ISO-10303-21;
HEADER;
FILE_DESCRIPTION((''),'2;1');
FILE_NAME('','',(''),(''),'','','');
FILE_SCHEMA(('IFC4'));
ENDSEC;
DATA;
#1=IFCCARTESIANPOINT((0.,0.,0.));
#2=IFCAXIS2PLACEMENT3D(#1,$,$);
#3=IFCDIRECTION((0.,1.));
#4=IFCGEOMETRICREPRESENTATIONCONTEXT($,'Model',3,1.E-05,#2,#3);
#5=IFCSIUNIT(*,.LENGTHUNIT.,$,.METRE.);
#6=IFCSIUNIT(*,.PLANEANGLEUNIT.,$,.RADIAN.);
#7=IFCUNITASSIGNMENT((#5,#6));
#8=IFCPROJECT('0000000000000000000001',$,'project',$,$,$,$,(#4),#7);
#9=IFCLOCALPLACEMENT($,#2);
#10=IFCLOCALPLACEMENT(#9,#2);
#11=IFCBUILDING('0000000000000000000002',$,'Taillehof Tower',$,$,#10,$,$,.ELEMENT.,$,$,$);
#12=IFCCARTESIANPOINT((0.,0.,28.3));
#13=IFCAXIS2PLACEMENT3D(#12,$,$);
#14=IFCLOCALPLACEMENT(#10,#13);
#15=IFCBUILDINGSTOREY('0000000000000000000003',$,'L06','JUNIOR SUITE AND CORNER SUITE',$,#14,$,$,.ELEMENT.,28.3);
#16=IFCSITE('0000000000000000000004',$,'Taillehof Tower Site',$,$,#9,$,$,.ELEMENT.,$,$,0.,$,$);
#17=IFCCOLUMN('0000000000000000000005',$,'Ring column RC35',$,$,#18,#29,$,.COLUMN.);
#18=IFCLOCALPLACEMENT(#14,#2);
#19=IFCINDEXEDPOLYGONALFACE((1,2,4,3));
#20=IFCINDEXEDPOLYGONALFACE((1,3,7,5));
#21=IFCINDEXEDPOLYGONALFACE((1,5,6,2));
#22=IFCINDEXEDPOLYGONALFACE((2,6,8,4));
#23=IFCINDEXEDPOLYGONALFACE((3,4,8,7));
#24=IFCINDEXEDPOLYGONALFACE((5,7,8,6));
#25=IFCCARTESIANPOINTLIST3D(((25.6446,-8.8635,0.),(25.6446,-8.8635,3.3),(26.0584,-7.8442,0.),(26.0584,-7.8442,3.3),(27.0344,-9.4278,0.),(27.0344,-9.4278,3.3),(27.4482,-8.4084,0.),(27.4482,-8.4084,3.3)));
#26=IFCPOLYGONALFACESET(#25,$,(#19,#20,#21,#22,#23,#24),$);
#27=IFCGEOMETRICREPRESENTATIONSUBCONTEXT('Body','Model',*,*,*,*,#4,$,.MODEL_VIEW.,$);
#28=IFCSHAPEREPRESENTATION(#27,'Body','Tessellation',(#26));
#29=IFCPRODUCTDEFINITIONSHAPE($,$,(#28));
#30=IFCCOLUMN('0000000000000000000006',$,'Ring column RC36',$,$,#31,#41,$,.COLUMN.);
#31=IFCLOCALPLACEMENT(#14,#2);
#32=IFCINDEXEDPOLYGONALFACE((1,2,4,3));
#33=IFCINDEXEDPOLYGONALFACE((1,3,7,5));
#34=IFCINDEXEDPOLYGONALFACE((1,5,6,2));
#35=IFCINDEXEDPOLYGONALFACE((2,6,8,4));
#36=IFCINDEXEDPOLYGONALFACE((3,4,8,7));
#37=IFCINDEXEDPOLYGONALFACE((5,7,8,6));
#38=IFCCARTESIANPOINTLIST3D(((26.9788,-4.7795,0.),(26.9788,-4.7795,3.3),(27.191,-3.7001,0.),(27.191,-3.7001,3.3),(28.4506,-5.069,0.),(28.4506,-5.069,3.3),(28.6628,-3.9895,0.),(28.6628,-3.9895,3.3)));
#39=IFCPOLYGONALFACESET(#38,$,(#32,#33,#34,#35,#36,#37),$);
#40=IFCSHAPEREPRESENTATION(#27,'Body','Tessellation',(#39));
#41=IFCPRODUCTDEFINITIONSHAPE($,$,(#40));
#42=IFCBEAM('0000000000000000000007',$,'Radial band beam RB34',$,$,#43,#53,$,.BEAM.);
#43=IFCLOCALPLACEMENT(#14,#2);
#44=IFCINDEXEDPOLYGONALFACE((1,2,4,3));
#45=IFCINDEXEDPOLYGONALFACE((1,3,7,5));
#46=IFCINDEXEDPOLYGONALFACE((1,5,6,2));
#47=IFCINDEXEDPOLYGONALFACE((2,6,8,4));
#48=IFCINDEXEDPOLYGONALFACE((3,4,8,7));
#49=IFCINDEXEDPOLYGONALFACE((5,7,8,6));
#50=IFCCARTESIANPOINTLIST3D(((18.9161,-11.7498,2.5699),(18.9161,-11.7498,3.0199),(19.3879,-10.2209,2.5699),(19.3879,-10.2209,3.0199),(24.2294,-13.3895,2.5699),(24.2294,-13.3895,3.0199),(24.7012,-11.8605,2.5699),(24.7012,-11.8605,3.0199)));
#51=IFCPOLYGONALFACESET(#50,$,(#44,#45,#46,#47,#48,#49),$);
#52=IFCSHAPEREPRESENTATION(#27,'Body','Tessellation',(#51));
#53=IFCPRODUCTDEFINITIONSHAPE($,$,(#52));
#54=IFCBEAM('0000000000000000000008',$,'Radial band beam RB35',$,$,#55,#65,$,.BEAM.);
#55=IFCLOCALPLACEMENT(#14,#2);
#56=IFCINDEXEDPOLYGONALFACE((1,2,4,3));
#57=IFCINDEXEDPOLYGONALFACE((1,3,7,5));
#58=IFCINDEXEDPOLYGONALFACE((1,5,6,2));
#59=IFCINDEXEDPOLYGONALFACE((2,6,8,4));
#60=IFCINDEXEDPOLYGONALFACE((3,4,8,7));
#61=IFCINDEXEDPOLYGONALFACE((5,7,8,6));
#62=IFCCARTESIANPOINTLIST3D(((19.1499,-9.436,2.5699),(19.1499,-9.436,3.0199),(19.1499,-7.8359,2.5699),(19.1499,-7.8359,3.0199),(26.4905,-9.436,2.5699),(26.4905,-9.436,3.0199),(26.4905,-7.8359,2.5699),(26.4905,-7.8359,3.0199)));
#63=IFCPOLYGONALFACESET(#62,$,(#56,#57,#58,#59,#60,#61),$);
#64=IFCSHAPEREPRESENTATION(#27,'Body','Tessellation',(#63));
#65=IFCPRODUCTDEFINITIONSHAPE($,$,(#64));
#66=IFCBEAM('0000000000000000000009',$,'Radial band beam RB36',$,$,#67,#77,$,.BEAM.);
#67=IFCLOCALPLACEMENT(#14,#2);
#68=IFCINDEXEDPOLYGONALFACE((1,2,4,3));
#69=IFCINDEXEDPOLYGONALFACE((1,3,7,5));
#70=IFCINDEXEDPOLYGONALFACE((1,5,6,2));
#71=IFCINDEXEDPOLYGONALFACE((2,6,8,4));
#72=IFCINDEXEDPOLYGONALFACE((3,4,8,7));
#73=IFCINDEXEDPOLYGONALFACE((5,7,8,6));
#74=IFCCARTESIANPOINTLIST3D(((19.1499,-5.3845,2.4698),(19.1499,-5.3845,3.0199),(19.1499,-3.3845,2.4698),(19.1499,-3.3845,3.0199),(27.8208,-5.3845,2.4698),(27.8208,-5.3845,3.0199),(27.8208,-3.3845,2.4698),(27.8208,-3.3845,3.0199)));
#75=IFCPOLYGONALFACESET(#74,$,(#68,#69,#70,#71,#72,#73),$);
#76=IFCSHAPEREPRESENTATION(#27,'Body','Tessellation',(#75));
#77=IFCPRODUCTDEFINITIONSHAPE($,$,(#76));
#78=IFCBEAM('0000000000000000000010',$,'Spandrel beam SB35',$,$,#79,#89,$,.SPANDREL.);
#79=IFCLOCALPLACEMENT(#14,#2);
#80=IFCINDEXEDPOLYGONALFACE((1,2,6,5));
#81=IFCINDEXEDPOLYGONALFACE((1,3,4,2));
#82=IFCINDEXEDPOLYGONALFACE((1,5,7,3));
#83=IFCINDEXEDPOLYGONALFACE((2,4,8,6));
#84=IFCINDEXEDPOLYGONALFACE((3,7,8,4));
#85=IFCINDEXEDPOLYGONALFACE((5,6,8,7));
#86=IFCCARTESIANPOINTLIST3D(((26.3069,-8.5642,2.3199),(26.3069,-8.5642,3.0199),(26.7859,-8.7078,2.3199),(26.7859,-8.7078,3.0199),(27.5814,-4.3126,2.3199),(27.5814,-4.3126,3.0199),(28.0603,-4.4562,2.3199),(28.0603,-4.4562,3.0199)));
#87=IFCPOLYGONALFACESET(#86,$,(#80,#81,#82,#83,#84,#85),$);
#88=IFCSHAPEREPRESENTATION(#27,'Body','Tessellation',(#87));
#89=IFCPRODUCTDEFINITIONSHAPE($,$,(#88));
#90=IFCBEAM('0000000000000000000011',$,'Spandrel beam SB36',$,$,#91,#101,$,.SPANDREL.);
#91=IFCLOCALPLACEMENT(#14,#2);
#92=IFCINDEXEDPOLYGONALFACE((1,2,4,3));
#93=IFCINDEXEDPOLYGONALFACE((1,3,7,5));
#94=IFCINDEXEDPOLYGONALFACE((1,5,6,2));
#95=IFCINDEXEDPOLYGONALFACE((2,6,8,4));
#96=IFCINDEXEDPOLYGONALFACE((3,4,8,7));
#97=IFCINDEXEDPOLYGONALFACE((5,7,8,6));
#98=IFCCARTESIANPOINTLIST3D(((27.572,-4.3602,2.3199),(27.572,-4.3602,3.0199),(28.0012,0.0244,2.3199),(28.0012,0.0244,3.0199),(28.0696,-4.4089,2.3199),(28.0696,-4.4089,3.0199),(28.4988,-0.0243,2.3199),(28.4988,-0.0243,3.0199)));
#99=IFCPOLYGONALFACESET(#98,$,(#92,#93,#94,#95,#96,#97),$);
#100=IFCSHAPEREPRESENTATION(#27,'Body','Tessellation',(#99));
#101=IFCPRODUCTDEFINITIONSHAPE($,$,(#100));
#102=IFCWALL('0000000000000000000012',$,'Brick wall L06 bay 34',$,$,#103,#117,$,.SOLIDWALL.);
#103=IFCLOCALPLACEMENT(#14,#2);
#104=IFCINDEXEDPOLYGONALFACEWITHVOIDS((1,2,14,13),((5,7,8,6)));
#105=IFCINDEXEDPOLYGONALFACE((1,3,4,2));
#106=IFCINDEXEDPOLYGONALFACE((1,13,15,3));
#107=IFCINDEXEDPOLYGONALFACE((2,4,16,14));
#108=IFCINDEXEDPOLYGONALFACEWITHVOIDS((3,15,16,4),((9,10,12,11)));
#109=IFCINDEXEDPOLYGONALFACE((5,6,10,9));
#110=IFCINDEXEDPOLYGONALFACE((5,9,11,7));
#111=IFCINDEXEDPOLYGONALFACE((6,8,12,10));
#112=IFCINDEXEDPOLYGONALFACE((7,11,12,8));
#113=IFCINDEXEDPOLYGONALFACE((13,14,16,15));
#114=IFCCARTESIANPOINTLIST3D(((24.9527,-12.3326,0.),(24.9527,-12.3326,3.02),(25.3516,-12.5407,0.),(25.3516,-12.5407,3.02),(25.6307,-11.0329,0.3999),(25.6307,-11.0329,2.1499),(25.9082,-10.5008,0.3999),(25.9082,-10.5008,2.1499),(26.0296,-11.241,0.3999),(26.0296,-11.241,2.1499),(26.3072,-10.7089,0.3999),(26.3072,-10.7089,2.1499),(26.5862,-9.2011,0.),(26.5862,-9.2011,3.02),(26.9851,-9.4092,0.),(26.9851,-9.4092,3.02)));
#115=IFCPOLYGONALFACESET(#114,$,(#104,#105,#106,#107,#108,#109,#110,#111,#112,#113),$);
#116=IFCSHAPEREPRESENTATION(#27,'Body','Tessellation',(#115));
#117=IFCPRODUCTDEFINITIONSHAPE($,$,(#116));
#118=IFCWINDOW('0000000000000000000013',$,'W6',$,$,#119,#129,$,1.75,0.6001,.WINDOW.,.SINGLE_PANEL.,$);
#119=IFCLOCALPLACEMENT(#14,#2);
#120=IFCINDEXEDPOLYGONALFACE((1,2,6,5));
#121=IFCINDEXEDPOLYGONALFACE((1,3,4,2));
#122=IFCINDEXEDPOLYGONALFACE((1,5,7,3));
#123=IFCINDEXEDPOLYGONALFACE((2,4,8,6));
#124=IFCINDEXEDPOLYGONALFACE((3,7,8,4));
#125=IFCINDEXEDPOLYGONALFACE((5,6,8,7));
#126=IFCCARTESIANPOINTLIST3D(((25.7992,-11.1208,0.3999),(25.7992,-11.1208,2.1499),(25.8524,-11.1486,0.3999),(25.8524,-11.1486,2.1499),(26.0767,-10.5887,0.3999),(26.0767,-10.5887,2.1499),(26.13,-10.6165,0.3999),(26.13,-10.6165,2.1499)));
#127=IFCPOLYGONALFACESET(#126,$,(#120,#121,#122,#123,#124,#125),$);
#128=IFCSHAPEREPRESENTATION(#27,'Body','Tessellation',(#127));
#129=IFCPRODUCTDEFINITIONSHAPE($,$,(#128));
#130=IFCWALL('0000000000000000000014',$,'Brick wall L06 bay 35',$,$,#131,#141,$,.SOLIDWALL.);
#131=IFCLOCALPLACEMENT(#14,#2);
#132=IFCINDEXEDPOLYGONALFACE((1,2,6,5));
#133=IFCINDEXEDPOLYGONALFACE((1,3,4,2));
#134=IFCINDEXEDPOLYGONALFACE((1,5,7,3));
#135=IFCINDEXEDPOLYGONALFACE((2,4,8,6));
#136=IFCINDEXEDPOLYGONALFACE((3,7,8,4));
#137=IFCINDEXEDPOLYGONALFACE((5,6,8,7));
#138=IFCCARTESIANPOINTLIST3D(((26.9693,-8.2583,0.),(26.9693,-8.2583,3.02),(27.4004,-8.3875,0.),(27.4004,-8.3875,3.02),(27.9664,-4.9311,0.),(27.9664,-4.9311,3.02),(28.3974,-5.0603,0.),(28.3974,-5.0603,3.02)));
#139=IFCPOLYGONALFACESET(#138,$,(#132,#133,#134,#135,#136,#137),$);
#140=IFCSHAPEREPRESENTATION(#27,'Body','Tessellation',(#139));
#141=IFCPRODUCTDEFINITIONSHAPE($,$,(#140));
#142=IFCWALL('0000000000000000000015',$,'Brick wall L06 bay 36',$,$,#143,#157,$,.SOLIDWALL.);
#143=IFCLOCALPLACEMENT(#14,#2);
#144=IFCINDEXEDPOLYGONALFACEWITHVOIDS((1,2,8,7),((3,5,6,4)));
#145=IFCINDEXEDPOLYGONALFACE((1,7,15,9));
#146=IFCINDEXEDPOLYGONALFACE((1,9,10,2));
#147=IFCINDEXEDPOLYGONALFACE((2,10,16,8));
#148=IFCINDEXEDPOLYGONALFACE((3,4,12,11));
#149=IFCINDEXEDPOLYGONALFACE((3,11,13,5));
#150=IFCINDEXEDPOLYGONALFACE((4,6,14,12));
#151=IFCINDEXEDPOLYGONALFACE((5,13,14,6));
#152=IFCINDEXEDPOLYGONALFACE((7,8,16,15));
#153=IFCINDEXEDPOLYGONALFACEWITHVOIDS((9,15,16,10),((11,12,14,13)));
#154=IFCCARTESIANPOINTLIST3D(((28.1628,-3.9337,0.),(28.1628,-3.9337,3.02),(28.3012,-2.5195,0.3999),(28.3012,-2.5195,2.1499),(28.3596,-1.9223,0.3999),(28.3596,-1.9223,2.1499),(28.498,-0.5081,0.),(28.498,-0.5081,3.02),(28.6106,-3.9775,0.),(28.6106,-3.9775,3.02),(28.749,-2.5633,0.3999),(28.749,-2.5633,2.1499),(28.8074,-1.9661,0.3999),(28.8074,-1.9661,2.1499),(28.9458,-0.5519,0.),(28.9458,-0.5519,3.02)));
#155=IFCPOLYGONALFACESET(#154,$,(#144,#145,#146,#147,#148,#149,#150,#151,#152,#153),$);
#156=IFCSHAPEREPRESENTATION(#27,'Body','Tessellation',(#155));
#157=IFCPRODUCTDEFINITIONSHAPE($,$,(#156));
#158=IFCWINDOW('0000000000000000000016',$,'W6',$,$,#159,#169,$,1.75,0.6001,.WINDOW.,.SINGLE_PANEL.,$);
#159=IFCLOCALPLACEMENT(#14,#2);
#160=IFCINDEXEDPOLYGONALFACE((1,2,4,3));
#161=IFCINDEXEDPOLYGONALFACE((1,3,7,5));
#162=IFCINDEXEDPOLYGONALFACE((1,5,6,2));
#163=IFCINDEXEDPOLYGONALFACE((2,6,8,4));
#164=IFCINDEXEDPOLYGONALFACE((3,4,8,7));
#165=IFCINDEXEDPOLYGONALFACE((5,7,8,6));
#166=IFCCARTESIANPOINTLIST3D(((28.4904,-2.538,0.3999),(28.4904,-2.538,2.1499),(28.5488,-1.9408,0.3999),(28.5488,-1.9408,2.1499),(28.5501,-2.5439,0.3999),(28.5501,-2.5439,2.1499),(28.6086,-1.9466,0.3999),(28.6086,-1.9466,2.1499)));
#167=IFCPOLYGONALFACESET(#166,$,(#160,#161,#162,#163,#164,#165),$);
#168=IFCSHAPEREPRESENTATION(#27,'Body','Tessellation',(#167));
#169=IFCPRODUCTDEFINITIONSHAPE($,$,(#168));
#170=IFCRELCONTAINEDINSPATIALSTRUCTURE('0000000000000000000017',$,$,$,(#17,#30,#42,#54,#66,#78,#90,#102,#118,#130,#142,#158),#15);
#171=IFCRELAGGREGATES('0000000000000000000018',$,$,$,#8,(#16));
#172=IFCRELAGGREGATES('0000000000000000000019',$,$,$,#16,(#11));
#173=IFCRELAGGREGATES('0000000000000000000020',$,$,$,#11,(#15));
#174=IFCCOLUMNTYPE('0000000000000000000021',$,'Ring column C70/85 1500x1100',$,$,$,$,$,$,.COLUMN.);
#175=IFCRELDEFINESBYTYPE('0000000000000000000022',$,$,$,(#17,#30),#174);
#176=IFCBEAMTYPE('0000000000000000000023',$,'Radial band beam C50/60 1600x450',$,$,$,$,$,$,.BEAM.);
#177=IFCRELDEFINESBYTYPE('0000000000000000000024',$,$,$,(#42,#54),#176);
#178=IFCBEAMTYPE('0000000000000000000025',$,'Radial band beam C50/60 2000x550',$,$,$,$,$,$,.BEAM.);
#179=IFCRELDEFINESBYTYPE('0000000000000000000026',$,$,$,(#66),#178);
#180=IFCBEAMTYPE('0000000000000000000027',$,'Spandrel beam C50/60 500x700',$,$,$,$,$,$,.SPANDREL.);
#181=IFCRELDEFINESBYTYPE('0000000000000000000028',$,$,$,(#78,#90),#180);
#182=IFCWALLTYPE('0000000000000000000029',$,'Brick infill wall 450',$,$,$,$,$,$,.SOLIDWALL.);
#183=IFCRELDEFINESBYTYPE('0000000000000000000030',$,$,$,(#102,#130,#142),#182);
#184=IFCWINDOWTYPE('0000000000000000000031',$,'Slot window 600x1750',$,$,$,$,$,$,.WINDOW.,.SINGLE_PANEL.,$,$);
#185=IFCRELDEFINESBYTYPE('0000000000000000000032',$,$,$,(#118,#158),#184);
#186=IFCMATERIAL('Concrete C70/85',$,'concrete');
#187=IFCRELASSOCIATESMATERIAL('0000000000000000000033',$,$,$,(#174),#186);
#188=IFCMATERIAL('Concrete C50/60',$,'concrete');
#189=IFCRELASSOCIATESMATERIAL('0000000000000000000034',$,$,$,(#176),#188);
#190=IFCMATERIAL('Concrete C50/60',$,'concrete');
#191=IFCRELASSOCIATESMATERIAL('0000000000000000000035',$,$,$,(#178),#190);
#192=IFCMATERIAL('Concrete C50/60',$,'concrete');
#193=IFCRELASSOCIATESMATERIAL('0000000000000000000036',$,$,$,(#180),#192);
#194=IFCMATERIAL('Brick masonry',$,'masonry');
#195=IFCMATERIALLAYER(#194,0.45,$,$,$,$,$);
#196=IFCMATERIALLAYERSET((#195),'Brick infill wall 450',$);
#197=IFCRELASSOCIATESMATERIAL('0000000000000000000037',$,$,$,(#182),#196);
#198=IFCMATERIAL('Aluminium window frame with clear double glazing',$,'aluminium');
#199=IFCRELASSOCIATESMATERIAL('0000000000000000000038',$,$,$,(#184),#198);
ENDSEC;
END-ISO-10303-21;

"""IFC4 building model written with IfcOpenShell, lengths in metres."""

from ifc_helpers import new_model, si_unit, direction, frame, frame_2d, origin, origin_2d, place, context, subcontext, project, spatial, rectangle, extrude, material, layer, layer_set, material_profile, profile_set, type_object, element, fill, save


model = new_model("IFC4")

# Units and contexts
model_context = context("Model", 3, precision=1e-05, world=origin(), true_north=direction((0.0, 1.0)))
body_context = subcontext(model_context, "Body", "Model", "MODEL_VIEW")
ifc_project = project(units=[si_unit("LENGTHUNIT", "METRE"), si_unit("PLANEANGLEUNIT", "RADIAN")], contexts=[model_context])

# Site, building, storey
site_placement = place(None, origin())
site = spatial("IfcSite", under=ifc_project, at=site_placement, Name="Taillehof Tower Site", CompositionType="ELEMENT", RefElevation=0.0)
building_placement = place(site_placement, origin())
building = spatial("IfcBuilding", under=site, at=building_placement, Name="Taillehof Tower", CompositionType="ELEMENT")
storey_placement = place(building_placement, frame((0.0, 0.0, 28.3)))
storey = spatial("IfcBuildingStorey", under=building, at=storey_placement, Name="L06", Description="JUNIOR SUITE AND CORNER SUITE", CompositionType="ELEMENT", Elevation=28.3)

# Columns
ifc_material_1 = material(Name="Concrete C70/85", Category="concrete")
ifc_material_profile_1 = material_profile(ifc_material_1, rectangle(XDim=1.5, YDim=1.1001, at=origin_2d()), Name="RC 1500x1100")
ifc_profile_set_1 = profile_set([ifc_material_profile_1], Name="Concrete C70/85")
column_type = type_object("IfcColumnType", Name="Ring column C70/85 1500x1100", PredefinedType="COLUMN", material=ifc_profile_set_1)
for number, where, z_axis, x_axis, name in (
    (1, (26.5464, -8.636, 0.0), (0.0, 0.0, 1.0), (0.926558, -0.376152, 0.0), "Ring column RC35"),
    (2, (27.8208, -4.3845, 0.0), (0.0, 0.0, 1.0), (0.981204, -0.192976, 0.0), "Ring column RC36"),
):
    element("IfcColumn", number, at=place(storey_placement, frame(where, z_axis=z_axis, x_axis=x_axis)), inside=storey, type_object=column_type, Name=name, PredefinedType="COLUMN", context=body_context, shape_type="SweptSolid", body=[
        extrude(rectangle(XDim=1.5, YDim=1.1001, at=origin_2d()), origin(), (0.0, 0.0, 1.0), 3.3),
    ])

# Beams
ifc_material_2 = material(Name="Concrete C50/60", Category="concrete")
ifc_material_profile_2 = material_profile(ifc_material_2, rectangle(XDim=1.6001, YDim=0.45, at=origin_2d()), Name="RC 1600x450")
ifc_profile_set_2 = profile_set([ifc_material_profile_2], Name="Concrete C50/60")
beam_type_1 = type_object("IfcBeamType", Name="Radial band beam C50/60 1600x450", PredefinedType="BEAM", material=ifc_profile_set_2)
beam_1_placement = place(storey_placement, frame((24.4653, -12.625, 2.7949), z_axis=(-0.955536, 0.294876, 0.0), x_axis=(-0.294876, -0.955536, 0.0)))
element("IfcBeam", 3, at=beam_1_placement, inside=storey, type_object=beam_type_1, Name="Radial band beam RB34", PredefinedType="BEAM", context=body_context, shape_type="SweptSolid", body=[
    extrude(rectangle(XDim=1.6001, YDim=0.45, at=origin_2d()), origin(), (0.0, 0.0, 1.0), 5.5605),
])
beam_2_placement = place(storey_placement, frame((26.4905, -8.636, 2.7949), z_axis=(-1.0, 0.0, 0.0), x_axis=(0.0, -1.0, 0.0)))
element("IfcBeam", 4, at=beam_2_placement, inside=storey, type_object=beam_type_1, Name="Radial band beam RB35", PredefinedType="BEAM", context=body_context, shape_type="SweptSolid", body=[
    extrude(rectangle(XDim=1.6001, YDim=0.45, at=origin_2d()), origin(), (0.0, 0.0, 1.0), 7.3406),
])
ifc_material_3 = material(Name="Concrete C50/60", Category="concrete")
ifc_material_profile_3 = material_profile(ifc_material_3, rectangle(XDim=2.0, YDim=0.55, at=origin_2d()), Name="RC 2000x550")
ifc_profile_set_3 = profile_set([ifc_material_profile_3], Name="Concrete C50/60")
beam_type_2 = type_object("IfcBeamType", Name="Radial band beam C50/60 2000x550", PredefinedType="BEAM", material=ifc_profile_set_3)
beam_3_placement = place(storey_placement, frame((27.8208, -4.3845, 2.7449), z_axis=(-1.0, 0.0, 0.0), x_axis=(0.0, -1.0, 0.0)))
element("IfcBeam", 5, at=beam_3_placement, inside=storey, type_object=beam_type_2, Name="Radial band beam RB36", PredefinedType="BEAM", context=body_context, shape_type="SweptSolid", body=[
    extrude(rectangle(XDim=2.0, YDim=0.55, at=origin_2d()), origin(), (0.0, 0.0, 1.0), 8.6709),
])
ifc_material_4 = material(Name="Concrete C50/60", Category="concrete")
ifc_material_profile_4 = material_profile(ifc_material_4, rectangle(XDim=0.5, YDim=0.7, at=origin_2d()), Name="RC 500x700")
ifc_profile_set_4 = profile_set([ifc_material_profile_4], Name="Concrete C50/60")
beam_type_3 = type_object("IfcBeamType", Name="Spandrel beam C50/60 500x700", PredefinedType="SPANDREL", material=ifc_profile_set_4)
beam_4_placement = place(storey_placement, frame((26.5464, -8.636, 2.6699), z_axis=(0.287136, 0.95789, 0.0), x_axis=(-0.95789, 0.287136, 0.0)))
element("IfcBeam", 6, at=beam_4_placement, inside=storey, type_object=beam_type_3, Name="Spandrel beam SB35", PredefinedType="SPANDREL", context=body_context, shape_type="SweptSolid", body=[
    extrude(rectangle(XDim=0.5, YDim=0.7, at=origin_2d()), origin(), (0.0, 0.0, 1.0), 4.4385),
])
beam_5_placement = place(storey_placement, frame((27.8208, -4.3845, 2.6699), z_axis=(0.097424, 0.995243, 0.0), x_axis=(-0.995243, 0.097424, 0.0)))
element("IfcBeam", 7, at=beam_5_placement, inside=storey, type_object=beam_type_3, Name="Spandrel beam SB36", PredefinedType="SPANDREL", context=body_context, shape_type="SweptSolid", body=[
    extrude(rectangle(XDim=0.5, YDim=0.7, at=origin_2d()), origin(), (0.0, 0.0, 1.0), 4.4055),
])

# Wall, opening, window
ifc_material_5 = material(Name="Brick masonry", Category="masonry")
ifc_layer_1 = layer(ifc_material_5, 0.45)
ifc_layer_set_1 = layer_set([ifc_layer_1], Name="Brick infill wall 450")
wall_type_1 = type_object("IfcWallType", Name="Brick infill wall 450", PredefinedType="SOLIDWALL", material=ifc_layer_set_1)
wall_1_placement = place(storey_placement, frame((25.1521, -12.4368, 0.0), z_axis=(0.0, 0.0, 1.0), x_axis=(0.462493, 0.886623, 0.0)))
wall_1 = element("IfcWall", 8, at=wall_1_placement, inside=storey, type_object=wall_type_1, Name="Brick wall L06 bay 34", PredefinedType="SOLIDWALL", context=body_context, shape_type="SweptSolid", body=[
    extrude(rectangle(XDim=3.532, YDim=0.45, at=frame_2d((1.7661, 0.0))), origin(), (0.0, 0.0, 1.0), 3.02),
])
opening_1_placement = place(wall_1_placement, frame((1.4661, 0.0, 0.3999)))
opening_1 = element("IfcOpeningElement", 9, at=opening_1_placement, cuts=wall_1, PredefinedType="OPENING", context=body_context, shape_type="SweptSolid", body=[
    extrude(rectangle(XDim=0.6001, YDim=1.75, at=frame_2d((0.3, 0.875))), frame((0.0, 0.2349, 0.0), z_axis=(0.0, -1.0, 0.0), x_axis=(1.0, 0.0, 0.0)), (0.0, 0.0, 1.0), 0.47),
])
ifc_material_6 = material(Name="Aluminium window frame with clear double glazing", Category="aluminium")
window_type = type_object("IfcWindowType", Name="Slot window 600x1750", PartitioningType="SINGLE_PANEL", PredefinedType="WINDOW", material=ifc_material_6)
window_1_placement = place(opening_1_placement, origin())
window_1 = element("IfcWindow", 10, at=window_1_placement, inside=storey, type_object=window_type, Name="W6", OverallHeight=1.75, OverallWidth=0.6001, PartitioningType="SINGLE_PANEL", PredefinedType="WINDOW", context=body_context, shape_type="SweptSolid", body=[
    extrude(rectangle(XDim=0.6001, YDim=1.75, at=frame_2d((0.3, 0.875))), frame((0.0, 0.0349, 0.0), z_axis=(0.0, -1.0, 0.0), x_axis=(1.0, 0.0, 0.0)), (0.0, 0.0, 1.0), 0.0601),
])
fill(opening_1, window_1)

# Wall
wall_2_placement = place(storey_placement, frame((27.1848, -8.323, 0.0), z_axis=(0.0, 0.0, 1.0), x_axis=(0.287064, 0.957911, 0.0)))
element("IfcWall", 11, at=wall_2_placement, inside=storey, type_object=wall_type_1, Name="Brick wall L06 bay 35", PredefinedType="SOLIDWALL", context=body_context, shape_type="SweptSolid", body=[
    extrude(rectangle(XDim=3.4734, YDim=0.45, at=frame_2d((1.7368, 0.0))), origin(), (0.0, 0.0, 1.0), 3.02),
])

# Wall, opening, window
wall_3_placement = place(storey_placement, frame((28.3867, -3.9556, 0.0), z_axis=(0.0, 0.0, 1.0), x_axis=(0.09739, 0.995246, 0.0)))
wall_3 = element("IfcWall", 12, at=wall_3_placement, inside=storey, type_object=wall_type_1, Name="Brick wall L06 bay 36", PredefinedType="SOLIDWALL", context=body_context, shape_type="SweptSolid", body=[
    extrude(rectangle(XDim=3.4419, YDim=0.45, at=frame_2d((1.7209, 0.0))), origin(), (0.0, 0.0, 1.0), 3.02),
])
opening_2_placement = place(wall_3_placement, frame((1.4209, 0.0, 0.3999)))
opening_2 = element("IfcOpeningElement", 13, at=opening_2_placement, cuts=wall_3, PredefinedType="OPENING", context=body_context, shape_type="SweptSolid", body=[
    extrude(rectangle(XDim=0.6001, YDim=1.75, at=frame_2d((0.3, 0.875))), frame((0.0, 0.2349, 0.0), z_axis=(0.0, -1.0, 0.0), x_axis=(1.0, 0.0, 0.0)), (0.0, 0.0, 1.0), 0.47),
])
window_2_placement = place(opening_2_placement, origin())
window_2 = element("IfcWindow", 14, at=window_2_placement, inside=storey, type_object=window_type, Name="W6", OverallHeight=1.75, OverallWidth=0.6001, PartitioningType="SINGLE_PANEL", PredefinedType="WINDOW", context=body_context, shape_type="SweptSolid", body=[
    extrude(rectangle(XDim=0.6001, YDim=1.75, at=frame_2d((0.3, 0.875))), frame((0.0, 0.0349, 0.0), z_axis=(0.0, -1.0, 0.0), x_axis=(1.0, 0.0, 0.0)), (0.0, 0.0, 1.0), 0.0601),
])
fill(opening_2, window_2)

save(model, "model.ifc")
